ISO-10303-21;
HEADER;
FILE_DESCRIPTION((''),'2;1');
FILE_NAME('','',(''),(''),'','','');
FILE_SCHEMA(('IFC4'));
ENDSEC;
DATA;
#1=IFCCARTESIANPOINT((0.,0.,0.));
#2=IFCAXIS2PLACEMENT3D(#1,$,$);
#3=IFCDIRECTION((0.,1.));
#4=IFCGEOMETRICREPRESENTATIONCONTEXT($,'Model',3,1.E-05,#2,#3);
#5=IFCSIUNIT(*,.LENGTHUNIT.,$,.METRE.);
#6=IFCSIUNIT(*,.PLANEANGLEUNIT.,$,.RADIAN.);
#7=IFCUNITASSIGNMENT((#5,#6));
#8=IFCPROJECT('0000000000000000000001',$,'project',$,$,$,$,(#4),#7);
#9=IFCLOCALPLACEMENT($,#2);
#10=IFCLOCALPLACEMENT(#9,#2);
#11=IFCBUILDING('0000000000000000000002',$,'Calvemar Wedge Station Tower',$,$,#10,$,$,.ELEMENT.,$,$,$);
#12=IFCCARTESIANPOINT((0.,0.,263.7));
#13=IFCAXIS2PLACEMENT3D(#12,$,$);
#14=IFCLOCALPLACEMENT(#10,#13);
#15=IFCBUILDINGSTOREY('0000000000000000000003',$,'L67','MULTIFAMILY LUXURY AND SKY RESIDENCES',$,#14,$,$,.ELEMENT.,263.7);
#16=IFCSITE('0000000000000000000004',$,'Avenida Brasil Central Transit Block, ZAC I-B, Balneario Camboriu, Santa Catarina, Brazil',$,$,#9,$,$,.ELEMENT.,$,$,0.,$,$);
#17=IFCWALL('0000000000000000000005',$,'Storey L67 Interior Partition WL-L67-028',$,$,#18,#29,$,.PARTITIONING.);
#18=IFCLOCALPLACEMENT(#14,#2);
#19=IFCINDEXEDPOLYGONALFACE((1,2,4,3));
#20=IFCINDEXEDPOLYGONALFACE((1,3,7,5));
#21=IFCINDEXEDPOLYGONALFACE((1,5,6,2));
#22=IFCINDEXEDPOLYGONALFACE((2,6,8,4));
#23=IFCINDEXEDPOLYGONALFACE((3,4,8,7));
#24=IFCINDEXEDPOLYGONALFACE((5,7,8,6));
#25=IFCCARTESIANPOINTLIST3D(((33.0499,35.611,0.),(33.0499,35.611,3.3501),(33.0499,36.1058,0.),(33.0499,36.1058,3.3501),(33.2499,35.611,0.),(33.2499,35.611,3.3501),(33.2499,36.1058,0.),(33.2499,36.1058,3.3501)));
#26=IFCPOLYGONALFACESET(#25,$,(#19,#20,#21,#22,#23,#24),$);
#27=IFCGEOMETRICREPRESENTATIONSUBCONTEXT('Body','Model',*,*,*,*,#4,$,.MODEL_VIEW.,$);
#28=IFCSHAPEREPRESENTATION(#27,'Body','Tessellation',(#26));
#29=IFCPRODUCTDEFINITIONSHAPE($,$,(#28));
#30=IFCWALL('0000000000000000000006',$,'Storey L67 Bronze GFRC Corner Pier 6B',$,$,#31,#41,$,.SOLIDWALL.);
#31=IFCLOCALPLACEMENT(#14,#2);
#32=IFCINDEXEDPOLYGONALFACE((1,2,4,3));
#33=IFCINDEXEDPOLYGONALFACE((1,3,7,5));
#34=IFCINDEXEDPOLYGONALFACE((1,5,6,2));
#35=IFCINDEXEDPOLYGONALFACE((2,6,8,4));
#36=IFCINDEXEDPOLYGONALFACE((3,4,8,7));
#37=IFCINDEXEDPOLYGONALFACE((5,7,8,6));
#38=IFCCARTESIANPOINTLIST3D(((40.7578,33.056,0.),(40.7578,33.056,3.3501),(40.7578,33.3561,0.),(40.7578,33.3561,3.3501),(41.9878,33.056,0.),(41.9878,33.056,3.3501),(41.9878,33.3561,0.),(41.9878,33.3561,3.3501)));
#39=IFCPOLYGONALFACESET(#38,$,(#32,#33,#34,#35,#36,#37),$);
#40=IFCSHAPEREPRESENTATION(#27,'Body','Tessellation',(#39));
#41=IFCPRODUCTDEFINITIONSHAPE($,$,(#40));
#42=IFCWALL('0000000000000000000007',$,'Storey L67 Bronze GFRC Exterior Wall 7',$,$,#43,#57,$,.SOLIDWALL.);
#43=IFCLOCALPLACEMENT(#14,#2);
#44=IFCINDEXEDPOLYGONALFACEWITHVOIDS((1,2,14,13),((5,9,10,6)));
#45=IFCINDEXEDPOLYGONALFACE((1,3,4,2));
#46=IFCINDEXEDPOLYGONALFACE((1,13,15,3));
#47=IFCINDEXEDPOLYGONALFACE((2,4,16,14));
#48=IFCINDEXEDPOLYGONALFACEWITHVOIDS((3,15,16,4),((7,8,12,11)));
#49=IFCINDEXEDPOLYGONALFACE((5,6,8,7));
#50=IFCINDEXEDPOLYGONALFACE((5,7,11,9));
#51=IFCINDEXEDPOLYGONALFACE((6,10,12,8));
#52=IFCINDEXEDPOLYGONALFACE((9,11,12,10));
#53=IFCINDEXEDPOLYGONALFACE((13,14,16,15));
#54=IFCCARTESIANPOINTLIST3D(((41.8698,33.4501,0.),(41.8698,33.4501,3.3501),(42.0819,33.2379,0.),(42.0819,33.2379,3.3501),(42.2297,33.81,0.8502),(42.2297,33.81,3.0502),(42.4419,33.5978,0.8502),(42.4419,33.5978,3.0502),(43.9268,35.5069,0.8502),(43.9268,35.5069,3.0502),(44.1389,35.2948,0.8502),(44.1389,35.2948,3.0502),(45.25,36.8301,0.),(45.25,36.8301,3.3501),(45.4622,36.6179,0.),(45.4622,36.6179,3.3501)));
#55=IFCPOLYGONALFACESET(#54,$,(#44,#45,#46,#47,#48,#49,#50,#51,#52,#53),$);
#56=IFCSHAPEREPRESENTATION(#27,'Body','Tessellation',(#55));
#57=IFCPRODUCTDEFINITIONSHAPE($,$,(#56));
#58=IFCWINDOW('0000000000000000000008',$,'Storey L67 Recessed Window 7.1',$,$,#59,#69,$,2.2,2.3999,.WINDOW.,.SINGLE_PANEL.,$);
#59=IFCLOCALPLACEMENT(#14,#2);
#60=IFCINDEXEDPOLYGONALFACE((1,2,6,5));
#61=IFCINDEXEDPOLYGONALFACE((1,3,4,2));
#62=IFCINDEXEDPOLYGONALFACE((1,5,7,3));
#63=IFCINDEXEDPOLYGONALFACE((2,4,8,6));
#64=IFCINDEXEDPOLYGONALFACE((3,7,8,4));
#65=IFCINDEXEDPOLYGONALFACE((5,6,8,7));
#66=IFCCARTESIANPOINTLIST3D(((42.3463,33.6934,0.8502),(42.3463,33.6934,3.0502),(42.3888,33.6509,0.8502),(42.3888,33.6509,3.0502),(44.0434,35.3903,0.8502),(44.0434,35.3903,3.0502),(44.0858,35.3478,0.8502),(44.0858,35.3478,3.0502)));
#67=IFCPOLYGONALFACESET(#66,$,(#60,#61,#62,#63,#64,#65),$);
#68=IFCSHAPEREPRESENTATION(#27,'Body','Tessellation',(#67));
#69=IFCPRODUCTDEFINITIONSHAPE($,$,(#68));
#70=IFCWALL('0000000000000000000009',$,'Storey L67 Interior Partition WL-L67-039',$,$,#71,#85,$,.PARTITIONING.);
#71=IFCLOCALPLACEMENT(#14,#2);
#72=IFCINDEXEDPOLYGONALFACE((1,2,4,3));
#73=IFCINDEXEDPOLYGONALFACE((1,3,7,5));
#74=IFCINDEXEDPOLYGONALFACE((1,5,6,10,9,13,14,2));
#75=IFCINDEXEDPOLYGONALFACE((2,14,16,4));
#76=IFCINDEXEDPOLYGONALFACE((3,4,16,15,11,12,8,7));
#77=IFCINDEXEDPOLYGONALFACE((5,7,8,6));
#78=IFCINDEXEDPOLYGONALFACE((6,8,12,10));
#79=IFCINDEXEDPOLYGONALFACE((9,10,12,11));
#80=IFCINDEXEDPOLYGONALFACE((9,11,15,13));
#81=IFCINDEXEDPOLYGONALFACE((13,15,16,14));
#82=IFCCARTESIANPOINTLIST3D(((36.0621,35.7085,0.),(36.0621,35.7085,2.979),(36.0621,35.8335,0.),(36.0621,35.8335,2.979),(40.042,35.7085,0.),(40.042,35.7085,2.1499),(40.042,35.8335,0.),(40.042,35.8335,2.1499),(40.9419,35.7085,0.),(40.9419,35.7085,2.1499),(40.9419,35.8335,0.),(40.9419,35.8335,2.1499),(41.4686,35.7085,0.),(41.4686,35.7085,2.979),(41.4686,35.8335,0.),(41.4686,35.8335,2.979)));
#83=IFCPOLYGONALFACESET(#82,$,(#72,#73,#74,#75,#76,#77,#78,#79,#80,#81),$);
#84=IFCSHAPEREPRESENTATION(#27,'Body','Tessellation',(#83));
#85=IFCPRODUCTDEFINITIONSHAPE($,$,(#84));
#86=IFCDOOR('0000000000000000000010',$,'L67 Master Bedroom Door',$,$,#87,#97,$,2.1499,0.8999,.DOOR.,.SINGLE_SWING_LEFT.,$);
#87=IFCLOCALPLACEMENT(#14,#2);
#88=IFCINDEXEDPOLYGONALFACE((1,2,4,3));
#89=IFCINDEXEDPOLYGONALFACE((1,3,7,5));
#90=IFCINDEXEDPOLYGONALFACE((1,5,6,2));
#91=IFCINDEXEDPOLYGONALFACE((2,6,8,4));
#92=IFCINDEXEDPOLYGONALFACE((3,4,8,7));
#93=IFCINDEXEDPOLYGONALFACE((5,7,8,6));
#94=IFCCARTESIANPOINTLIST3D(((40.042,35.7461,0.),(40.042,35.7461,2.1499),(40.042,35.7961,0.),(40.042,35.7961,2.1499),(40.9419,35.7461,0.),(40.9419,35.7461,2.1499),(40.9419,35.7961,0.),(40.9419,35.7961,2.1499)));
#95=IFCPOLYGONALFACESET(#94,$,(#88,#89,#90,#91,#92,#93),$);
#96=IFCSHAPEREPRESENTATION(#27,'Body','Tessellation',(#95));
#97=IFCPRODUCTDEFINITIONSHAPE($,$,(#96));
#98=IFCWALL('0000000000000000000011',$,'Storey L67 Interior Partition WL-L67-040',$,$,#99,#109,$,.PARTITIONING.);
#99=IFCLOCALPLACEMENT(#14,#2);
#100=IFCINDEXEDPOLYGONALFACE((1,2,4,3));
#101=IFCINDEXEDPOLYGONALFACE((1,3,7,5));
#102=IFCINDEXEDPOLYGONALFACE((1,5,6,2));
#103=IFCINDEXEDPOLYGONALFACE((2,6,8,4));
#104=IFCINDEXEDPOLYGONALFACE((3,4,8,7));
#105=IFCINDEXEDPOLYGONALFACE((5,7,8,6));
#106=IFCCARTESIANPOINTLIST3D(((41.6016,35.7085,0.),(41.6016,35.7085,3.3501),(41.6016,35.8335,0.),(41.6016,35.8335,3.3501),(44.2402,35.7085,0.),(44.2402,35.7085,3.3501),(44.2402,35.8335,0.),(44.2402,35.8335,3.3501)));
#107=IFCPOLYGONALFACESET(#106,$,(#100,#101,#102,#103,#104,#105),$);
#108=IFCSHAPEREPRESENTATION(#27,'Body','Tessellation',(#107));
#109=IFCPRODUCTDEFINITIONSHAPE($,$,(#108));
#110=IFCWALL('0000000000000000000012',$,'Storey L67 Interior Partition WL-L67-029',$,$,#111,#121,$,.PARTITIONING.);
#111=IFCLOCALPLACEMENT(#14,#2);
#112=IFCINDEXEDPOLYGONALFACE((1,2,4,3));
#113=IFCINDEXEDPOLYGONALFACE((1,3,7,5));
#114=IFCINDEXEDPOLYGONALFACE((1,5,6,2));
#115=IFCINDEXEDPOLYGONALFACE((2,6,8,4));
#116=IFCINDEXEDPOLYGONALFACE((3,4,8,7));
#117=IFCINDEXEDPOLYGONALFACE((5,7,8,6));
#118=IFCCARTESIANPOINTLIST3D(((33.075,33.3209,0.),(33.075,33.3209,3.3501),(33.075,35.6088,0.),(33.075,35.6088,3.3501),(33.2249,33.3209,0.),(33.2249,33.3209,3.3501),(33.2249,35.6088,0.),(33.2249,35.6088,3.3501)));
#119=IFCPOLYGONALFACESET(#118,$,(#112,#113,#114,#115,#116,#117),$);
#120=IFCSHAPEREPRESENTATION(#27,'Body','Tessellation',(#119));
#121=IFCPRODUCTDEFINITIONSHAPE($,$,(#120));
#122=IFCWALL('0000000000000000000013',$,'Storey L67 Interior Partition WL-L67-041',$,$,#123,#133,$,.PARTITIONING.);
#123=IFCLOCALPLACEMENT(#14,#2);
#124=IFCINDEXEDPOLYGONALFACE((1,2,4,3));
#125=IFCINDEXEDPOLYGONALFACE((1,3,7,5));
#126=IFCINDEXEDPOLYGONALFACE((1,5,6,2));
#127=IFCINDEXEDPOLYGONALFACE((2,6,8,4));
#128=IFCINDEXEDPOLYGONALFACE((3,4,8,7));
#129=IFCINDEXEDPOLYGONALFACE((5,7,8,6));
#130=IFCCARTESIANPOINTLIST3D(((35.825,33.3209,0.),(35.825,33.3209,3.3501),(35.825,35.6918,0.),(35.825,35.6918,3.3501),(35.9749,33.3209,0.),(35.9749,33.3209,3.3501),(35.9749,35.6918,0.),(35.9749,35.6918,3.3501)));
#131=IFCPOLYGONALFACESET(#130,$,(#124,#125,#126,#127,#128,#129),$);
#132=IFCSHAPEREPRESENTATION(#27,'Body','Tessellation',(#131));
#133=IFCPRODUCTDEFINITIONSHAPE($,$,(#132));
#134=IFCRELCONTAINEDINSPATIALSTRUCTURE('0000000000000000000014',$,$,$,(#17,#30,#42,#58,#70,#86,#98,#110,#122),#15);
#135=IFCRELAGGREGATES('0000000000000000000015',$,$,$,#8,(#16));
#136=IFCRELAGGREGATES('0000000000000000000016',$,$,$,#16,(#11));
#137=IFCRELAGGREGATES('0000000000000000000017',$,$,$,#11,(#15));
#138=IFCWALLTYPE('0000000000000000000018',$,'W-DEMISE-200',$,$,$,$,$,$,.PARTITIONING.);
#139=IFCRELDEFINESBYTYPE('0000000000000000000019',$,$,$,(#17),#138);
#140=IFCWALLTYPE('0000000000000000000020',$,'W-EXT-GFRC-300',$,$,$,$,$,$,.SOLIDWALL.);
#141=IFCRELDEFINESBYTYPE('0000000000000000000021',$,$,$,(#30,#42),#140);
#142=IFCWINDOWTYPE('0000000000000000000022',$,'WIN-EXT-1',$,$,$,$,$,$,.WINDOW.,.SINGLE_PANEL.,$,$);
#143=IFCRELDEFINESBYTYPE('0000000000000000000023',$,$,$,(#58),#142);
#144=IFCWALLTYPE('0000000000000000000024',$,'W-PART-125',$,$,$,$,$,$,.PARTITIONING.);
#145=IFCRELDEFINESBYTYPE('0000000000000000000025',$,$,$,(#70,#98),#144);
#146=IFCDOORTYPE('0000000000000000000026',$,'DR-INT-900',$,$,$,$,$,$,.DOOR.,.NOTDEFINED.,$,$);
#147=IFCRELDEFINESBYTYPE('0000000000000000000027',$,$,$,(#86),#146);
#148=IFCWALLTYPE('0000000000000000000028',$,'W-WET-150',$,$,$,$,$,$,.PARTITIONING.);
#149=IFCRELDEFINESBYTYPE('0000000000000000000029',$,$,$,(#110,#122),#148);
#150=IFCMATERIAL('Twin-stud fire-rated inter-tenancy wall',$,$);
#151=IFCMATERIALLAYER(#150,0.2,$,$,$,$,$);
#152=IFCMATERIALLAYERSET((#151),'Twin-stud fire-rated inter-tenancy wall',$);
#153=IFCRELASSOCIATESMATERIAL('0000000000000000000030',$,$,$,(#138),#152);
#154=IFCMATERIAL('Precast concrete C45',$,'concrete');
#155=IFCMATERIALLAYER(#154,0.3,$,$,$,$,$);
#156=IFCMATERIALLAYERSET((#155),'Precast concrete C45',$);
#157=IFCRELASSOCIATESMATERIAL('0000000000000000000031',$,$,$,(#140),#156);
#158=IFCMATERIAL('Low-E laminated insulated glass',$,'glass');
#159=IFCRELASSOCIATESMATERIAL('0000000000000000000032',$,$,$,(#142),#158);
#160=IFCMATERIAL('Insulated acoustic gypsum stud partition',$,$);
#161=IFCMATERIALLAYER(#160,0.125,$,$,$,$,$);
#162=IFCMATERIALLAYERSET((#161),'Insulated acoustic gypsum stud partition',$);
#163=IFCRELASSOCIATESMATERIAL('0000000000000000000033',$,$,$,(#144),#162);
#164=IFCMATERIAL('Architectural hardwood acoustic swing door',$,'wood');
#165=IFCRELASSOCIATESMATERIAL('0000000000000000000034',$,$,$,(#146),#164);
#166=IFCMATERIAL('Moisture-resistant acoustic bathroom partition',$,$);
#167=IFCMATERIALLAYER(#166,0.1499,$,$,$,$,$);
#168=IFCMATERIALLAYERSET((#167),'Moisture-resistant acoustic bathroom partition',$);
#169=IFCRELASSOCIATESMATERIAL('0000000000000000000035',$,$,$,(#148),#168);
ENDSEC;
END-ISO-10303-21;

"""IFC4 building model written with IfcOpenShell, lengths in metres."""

from ifc_helpers import new_model, si_unit, direction, frame, frame_2d, origin, place, context, subcontext, project, spatial, rectangle, extrude, source, transform, mapped, material, layer, layer_set, type_object, element, fill, save


model = new_model("IFC4")

# Units and contexts
model_context = context("Model", 3, precision=1e-05, world=origin(), true_north=direction((0.0, 1.0)))
body_context = subcontext(model_context, "Body", "Model", "MODEL_VIEW")
ifc_project = project(units=[si_unit("LENGTHUNIT", "METRE"), si_unit("PLANEANGLEUNIT", "RADIAN")], contexts=[model_context])

# Site, building, storey
site_placement = place(None, origin())
site = spatial("IfcSite", under=ifc_project, at=site_placement, Name="Avenida Brasil Central Transit Block, ZAC I-B, Balneario Camboriu, Santa Catarina, Brazil", CompositionType="ELEMENT", RefElevation=0.0)
building_placement = place(site_placement, origin())
building = spatial("IfcBuilding", under=site, at=building_placement, Name="Calvemar Wedge Station Tower", CompositionType="ELEMENT")
storey_placement = place(building_placement, frame((0.0, 0.0, 263.7)))
storey = spatial("IfcBuildingStorey", under=building, at=storey_placement, Name="L67", Description="MULTIFAMILY LUXURY AND SKY RESIDENCES", CompositionType="ELEMENT", Elevation=263.7)

# Shared definitions
ifc_material_1 = material(Name="Low-E laminated insulated glass", Category="glass")

# Walls
ifc_material_2 = material(Name="Twin-stud fire-rated inter-tenancy wall")
ifc_layer_1 = layer(ifc_material_2, 0.2)
ifc_layer_set_1 = layer_set([ifc_layer_1], Name="Twin-stud fire-rated inter-tenancy wall")
wall_type_1 = type_object("IfcWallType", Name="W-DEMISE-200", PredefinedType="PARTITIONING", material=ifc_layer_set_1)
wall_1_placement = place(storey_placement, frame((33.1499, 36.106, 0.0), z_axis=(0.0, 0.0, 1.0), x_axis=(0.0, -1.0, 0.0)))
element("IfcWall", 1, at=wall_1_placement, inside=storey, type_object=wall_type_1, Name="Storey L67 Interior Partition WL-L67-028", PredefinedType="PARTITIONING", context=body_context, shape_type="SweptSolid", body=[
    extrude(rectangle(XDim=0.4949, YDim=0.2, at=frame_2d((0.2476, 0.0))), origin(), (0.0, 0.0, 1.0), 3.3501),
])
ifc_material_3 = material(Name="Precast concrete C45", Category="concrete")
ifc_layer_2 = layer(ifc_material_3, 0.3)
ifc_layer_set_2 = layer_set([ifc_layer_2], Name="Precast concrete C45")
wall_type_2 = type_object("IfcWallType", Name="W-EXT-GFRC-300", PredefinedType="SOLIDWALL", material=ifc_layer_set_2)
wall_2_placement = place(storey_placement, frame((40.7578, 33.2061, 0.0), z_axis=(0.0, 0.0, 1.0), x_axis=(1.0, 0.0, 0.0)))
element("IfcWall", 2, at=wall_2_placement, inside=storey, type_object=wall_type_2, Name="Storey L67 Bronze GFRC Corner Pier 6B", PredefinedType="SOLIDWALL", context=body_context, shape_type="SweptSolid", body=[
    extrude(rectangle(XDim=1.23, YDim=0.3, at=frame_2d((0.615, 0.0))), origin(), (0.0, 0.0, 1.0), 3.3501),
])

# Wall, opening, window
wall_3_placement = place(storey_placement, frame((41.9758, 33.344, 0.0), z_axis=(0.0, 0.0, 1.0), x_axis=(0.707132, 0.707081, 0.0)))
wall_3 = element("IfcWall", 3, at=wall_3_placement, inside=storey, type_object=wall_type_2, Name="Storey L67 Bronze GFRC Exterior Wall 7", PredefinedType="SOLIDWALL", context=body_context, shape_type="SweptSolid", body=[
    extrude(rectangle(XDim=4.7803, YDim=0.3, at=frame_2d((2.3901, 0.0))), origin(), (0.0, 0.0, 1.0), 3.3501),
])
shared_shape_1 = source(origin(), body_context, "Body", "SweptSolid", [
    extrude(rectangle(XDim=2.3999, YDim=2.2, at=frame_2d((1.2, 1.1001))), frame((0.0, 0.1602, 0.0), z_axis=(0.0, -1.0, 0.0), x_axis=(1.0, 0.0, 0.0)), (0.0, 0.0, 1.0), 0.3201),
])
opening_1_placement = place(wall_3_placement, frame((0.509, 0.0, 0.8501)))
opening_1 = element("IfcOpeningElement", 4, at=opening_1_placement, cuts=wall_3, PredefinedType="OPENING", context=body_context, shape_type="MappedRepresentation", body=[
    mapped(shared_shape_1, transform((0.0, 0.0, 0.0), scale=1.0)),
])
window_type_1 = type_object("IfcWindowType", Name="WIN-EXT-1", PartitioningType="SINGLE_PANEL", PredefinedType="WINDOW", material=ifc_material_1)
shared_shape_2 = source(origin(), body_context, "Body", "SweptSolid", [
    extrude(rectangle(XDim=2.3999, YDim=2.2, at=frame_2d((1.2, 1.1001))), frame((0.0, -0.0149, 0.0), z_axis=(0.0, -1.0, 0.0), x_axis=(1.0, 0.0, 0.0)), (0.0, 0.0, 1.0), 0.0601),
])
window_1_placement = place(opening_1_placement, origin())
window_1 = element("IfcWindow", 5, at=window_1_placement, inside=storey, type_object=window_type_1, Name="Storey L67 Recessed Window 7.1", OverallHeight=2.2, OverallWidth=2.3999, PartitioningType="SINGLE_PANEL", PredefinedType="WINDOW", context=body_context, shape_type="MappedRepresentation", body=[
    mapped(shared_shape_2, transform((0.0, 0.0, 0.0), scale=1.0)),
])
fill(opening_1, window_1)

# Wall, opening, door
ifc_material_4 = material(Name="Insulated acoustic gypsum stud partition")
ifc_layer_3 = layer(ifc_material_4, 0.125)
ifc_layer_set_3 = layer_set([ifc_layer_3], Name="Insulated acoustic gypsum stud partition")
wall_type_3 = type_object("IfcWallType", Name="W-PART-125", PredefinedType="PARTITIONING", material=ifc_layer_set_3)
wall_4_placement = place(storey_placement, frame((41.4685, 35.771, 0.0), z_axis=(0.0, 0.0, 1.0), x_axis=(-1.0, 0.0, 0.0)))
wall_4 = element("IfcWall", 6, at=wall_4_placement, inside=storey, type_object=wall_type_3, Name="Storey L67 Interior Partition WL-L67-039", PredefinedType="PARTITIONING", context=body_context, shape_type="SweptSolid", body=[
    extrude(rectangle(XDim=5.4065, YDim=0.125, at=frame_2d((2.7031, 0.0))), origin(), (0.0, 0.0, 1.0), 2.979),
])
shared_shape_3 = source(origin(), body_context, "Body", "SweptSolid", [
    extrude(rectangle(XDim=0.8999, YDim=2.1499, at=frame_2d((0.45, 1.075))), frame((0.0, 0.0725, 0.0), z_axis=(0.0, -1.0, 0.0), x_axis=(1.0, 0.0, 0.0)), (0.0, 0.0, 1.0), 0.145),
])
opening_2_placement = place(wall_4_placement, frame((0.5266, 0.0, 0.0)))
opening_2 = element("IfcOpeningElement", 7, at=opening_2_placement, cuts=wall_4, PredefinedType="OPENING", context=body_context, shape_type="MappedRepresentation", body=[
    mapped(shared_shape_3, transform((0.0, 0.0, 0.0), scale=1.0)),
])
ifc_material_5 = material(Name="Architectural hardwood acoustic swing door", Category="wood")
door_type_1 = type_object("IfcDoorType", Name="DR-INT-900", OperationType="NOTDEFINED", PredefinedType="DOOR", material=ifc_material_5)
shared_shape_4 = source(origin(), body_context, "Body", "SweptSolid", [
    extrude(rectangle(XDim=0.8999, YDim=2.1499, at=frame_2d((0.45, 1.075))), frame((0.0, 0.0249, 0.0), z_axis=(0.0, -1.0, 0.0), x_axis=(1.0, 0.0, 0.0)), (0.0, 0.0, 1.0), 0.05),
])
door_1_placement = place(opening_2_placement, origin())
door_1 = element("IfcDoor", 8, at=door_1_placement, inside=storey, type_object=door_type_1, Name="L67 Master Bedroom Door", OperationType="SINGLE_SWING_LEFT", OverallHeight=2.1499, OverallWidth=0.8999, PredefinedType="DOOR", context=body_context, shape_type="MappedRepresentation", body=[
    mapped(shared_shape_4, transform((0.0, 0.0, 0.0), scale=1.0)),
])
fill(opening_2, door_1)

# Walls
wall_5_placement = place(storey_placement, frame((44.2402, 35.771, 0.0), z_axis=(0.0, 0.0, 1.0), x_axis=(-1.0, 0.0, 0.0)))
element("IfcWall", 9, at=wall_5_placement, inside=storey, type_object=wall_type_3, Name="Storey L67 Interior Partition WL-L67-040", PredefinedType="PARTITIONING", context=body_context, shape_type="SweptSolid", body=[
    extrude(rectangle(XDim=2.6387, YDim=0.125, at=frame_2d((1.3193, 0.0))), origin(), (0.0, 0.0, 1.0), 3.3501),
])
ifc_material_6 = material(Name="Moisture-resistant acoustic bathroom partition")
ifc_layer_4 = layer(ifc_material_6, 0.1499)
ifc_layer_set_4 = layer_set([ifc_layer_4], Name="Moisture-resistant acoustic bathroom partition")
wall_type_4 = type_object("IfcWallType", Name="W-WET-150", PredefinedType="PARTITIONING", material=ifc_layer_set_4)
wall_6_placement = place(storey_placement, frame((33.1499, 35.6089, 0.0), z_axis=(0.0, 0.0, 1.0), x_axis=(0.0, -1.0, 0.0)))
element("IfcWall", 10, at=wall_6_placement, inside=storey, type_object=wall_type_4, Name="Storey L67 Interior Partition WL-L67-029", PredefinedType="PARTITIONING", context=body_context, shape_type="SweptSolid", body=[
    extrude(rectangle(XDim=2.2878, YDim=0.1499, at=frame_2d((1.144, 0.0))), origin(), (0.0, 0.0, 1.0), 3.3501),
])

# Wall
wall_7_placement = place(storey_placement, frame((35.8999, 35.6919, 0.0), z_axis=(0.0, 0.0, 1.0), x_axis=(0.0, -1.0, 0.0)))
element("IfcWall", 11, at=wall_7_placement, inside=storey, type_object=wall_type_4, Name="Storey L67 Interior Partition WL-L67-041", PredefinedType="PARTITIONING", context=body_context, shape_type="SweptSolid", body=[
    extrude(rectangle(XDim=2.3708, YDim=0.1499, at=frame_2d((1.1855, 0.0))), origin(), (0.0, 0.0, 1.0), 3.3501),
])

save(model, "model.ifc")
